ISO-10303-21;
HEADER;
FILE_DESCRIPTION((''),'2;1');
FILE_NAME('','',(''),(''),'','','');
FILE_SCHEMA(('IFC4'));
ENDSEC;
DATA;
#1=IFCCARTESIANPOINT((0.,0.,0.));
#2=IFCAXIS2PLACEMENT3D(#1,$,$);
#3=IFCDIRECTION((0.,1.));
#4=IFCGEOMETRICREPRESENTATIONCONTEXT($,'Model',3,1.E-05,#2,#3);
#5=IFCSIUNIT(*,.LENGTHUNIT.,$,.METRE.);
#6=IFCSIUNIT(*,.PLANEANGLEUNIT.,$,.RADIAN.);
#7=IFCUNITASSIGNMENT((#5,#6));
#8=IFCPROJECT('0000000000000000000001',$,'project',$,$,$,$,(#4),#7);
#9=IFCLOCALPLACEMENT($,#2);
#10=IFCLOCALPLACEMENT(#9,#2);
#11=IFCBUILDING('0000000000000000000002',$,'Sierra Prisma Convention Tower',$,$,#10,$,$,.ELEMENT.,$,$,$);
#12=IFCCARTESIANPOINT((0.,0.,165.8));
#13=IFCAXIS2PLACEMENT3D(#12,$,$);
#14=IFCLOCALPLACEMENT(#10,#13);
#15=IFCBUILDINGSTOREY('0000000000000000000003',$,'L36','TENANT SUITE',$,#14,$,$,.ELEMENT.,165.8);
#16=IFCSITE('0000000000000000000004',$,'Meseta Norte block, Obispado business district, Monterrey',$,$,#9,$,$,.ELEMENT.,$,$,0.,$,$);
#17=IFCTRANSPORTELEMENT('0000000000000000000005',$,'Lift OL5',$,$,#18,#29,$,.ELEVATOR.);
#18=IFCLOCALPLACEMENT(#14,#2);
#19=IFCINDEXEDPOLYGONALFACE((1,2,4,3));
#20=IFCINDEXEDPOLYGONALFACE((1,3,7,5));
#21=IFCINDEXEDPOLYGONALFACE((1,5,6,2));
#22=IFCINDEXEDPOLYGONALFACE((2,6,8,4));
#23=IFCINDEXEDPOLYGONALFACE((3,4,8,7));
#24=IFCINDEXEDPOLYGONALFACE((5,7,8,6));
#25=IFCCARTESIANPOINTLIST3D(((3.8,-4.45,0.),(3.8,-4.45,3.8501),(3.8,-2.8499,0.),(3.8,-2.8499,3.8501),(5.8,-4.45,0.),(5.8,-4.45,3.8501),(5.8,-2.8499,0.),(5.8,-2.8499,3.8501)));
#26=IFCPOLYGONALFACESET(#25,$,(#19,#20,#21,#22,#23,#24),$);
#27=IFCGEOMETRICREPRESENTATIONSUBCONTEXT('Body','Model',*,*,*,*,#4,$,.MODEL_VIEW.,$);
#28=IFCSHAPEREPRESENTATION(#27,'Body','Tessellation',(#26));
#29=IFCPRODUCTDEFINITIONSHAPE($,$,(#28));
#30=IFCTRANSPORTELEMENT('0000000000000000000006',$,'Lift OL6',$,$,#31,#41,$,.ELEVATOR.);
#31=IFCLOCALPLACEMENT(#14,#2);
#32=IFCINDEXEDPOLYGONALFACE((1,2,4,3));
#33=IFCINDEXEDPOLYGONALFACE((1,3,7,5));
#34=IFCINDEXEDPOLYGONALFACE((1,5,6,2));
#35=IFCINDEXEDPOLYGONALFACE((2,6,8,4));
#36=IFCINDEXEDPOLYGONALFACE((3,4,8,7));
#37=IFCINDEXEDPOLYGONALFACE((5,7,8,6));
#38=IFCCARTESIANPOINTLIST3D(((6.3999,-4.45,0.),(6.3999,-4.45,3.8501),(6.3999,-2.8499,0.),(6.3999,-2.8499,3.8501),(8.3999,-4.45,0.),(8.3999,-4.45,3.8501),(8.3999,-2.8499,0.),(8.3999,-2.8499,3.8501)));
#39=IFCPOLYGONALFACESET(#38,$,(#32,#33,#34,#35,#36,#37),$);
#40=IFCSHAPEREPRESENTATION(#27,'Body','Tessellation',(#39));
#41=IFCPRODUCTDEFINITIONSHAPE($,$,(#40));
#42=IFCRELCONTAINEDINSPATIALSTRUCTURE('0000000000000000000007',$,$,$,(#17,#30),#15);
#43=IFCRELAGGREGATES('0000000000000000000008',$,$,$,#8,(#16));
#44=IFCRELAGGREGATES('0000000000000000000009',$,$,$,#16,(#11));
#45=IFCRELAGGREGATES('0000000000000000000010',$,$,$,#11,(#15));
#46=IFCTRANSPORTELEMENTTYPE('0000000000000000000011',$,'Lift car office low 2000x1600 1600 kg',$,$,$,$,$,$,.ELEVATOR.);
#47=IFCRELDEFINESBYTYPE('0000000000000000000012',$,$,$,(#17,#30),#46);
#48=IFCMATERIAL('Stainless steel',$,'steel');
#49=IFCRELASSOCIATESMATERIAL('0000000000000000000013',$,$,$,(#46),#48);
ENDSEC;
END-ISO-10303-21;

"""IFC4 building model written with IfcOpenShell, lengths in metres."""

from ifc_helpers import new_model, si_unit, direction, frame, origin, origin_2d, place, context, subcontext, project, spatial, rectangle, extrude, material, type_object, element, save


model = new_model("IFC4")

# Units and contexts
model_context = context("Model", 3, precision=1e-05, world=origin(), true_north=direction((0.0, 1.0)))
body_context = subcontext(model_context, "Body", "Model", "MODEL_VIEW")
ifc_project = project(units=[si_unit("LENGTHUNIT", "METRE"), si_unit("PLANEANGLEUNIT", "RADIAN")], contexts=[model_context])

# Site, building, storey
site_placement = place(None, origin())
site = spatial("IfcSite", under=ifc_project, at=site_placement, Name="Meseta Norte block, Obispado business district, Monterrey", CompositionType="ELEMENT", RefElevation=0.0)
building_placement = place(site_placement, origin())
building = spatial("IfcBuilding", under=site, at=building_placement, Name="Sierra Prisma Convention Tower", CompositionType="ELEMENT")
storey_placement = place(building_placement, frame((0.0, 0.0, 165.8)))
storey = spatial("IfcBuildingStorey", under=building, at=storey_placement, Name="L36", Description="TENANT SUITE", CompositionType="ELEMENT", Elevation=165.8)

# Transport elements
ifc_material_1 = material(Name="Stainless steel", Category="steel")
transport_element_type = type_object("IfcTransportElementType", Name="Lift car office low 2000x1600 1600 kg", PredefinedType="ELEVATOR", material=ifc_material_1)
for number, where, z_axis, x_axis, name in (
    (1, (4.8, -3.6499, 0.0), (0.0, 0.0, 1.0), (1.0, 0.0, 0.0), "Lift OL5"),
    (2, (7.3999, -3.6499, 0.0), (0.0, 0.0, 1.0), (1.0, 0.0, 0.0), "Lift OL6"),
):
    element("IfcTransportElement", number, at=place(storey_placement, frame(where, z_axis=z_axis, x_axis=x_axis)), inside=storey, type_object=transport_element_type, Name=name, PredefinedType="ELEVATOR", context=body_context, shape_type="SweptSolid", body=[
        extrude(rectangle(XDim=2.0, YDim=1.6001, at=origin_2d()), origin(), (0.0, 0.0, 1.0), 3.8501),
    ])

save(model, "model.ifc")
